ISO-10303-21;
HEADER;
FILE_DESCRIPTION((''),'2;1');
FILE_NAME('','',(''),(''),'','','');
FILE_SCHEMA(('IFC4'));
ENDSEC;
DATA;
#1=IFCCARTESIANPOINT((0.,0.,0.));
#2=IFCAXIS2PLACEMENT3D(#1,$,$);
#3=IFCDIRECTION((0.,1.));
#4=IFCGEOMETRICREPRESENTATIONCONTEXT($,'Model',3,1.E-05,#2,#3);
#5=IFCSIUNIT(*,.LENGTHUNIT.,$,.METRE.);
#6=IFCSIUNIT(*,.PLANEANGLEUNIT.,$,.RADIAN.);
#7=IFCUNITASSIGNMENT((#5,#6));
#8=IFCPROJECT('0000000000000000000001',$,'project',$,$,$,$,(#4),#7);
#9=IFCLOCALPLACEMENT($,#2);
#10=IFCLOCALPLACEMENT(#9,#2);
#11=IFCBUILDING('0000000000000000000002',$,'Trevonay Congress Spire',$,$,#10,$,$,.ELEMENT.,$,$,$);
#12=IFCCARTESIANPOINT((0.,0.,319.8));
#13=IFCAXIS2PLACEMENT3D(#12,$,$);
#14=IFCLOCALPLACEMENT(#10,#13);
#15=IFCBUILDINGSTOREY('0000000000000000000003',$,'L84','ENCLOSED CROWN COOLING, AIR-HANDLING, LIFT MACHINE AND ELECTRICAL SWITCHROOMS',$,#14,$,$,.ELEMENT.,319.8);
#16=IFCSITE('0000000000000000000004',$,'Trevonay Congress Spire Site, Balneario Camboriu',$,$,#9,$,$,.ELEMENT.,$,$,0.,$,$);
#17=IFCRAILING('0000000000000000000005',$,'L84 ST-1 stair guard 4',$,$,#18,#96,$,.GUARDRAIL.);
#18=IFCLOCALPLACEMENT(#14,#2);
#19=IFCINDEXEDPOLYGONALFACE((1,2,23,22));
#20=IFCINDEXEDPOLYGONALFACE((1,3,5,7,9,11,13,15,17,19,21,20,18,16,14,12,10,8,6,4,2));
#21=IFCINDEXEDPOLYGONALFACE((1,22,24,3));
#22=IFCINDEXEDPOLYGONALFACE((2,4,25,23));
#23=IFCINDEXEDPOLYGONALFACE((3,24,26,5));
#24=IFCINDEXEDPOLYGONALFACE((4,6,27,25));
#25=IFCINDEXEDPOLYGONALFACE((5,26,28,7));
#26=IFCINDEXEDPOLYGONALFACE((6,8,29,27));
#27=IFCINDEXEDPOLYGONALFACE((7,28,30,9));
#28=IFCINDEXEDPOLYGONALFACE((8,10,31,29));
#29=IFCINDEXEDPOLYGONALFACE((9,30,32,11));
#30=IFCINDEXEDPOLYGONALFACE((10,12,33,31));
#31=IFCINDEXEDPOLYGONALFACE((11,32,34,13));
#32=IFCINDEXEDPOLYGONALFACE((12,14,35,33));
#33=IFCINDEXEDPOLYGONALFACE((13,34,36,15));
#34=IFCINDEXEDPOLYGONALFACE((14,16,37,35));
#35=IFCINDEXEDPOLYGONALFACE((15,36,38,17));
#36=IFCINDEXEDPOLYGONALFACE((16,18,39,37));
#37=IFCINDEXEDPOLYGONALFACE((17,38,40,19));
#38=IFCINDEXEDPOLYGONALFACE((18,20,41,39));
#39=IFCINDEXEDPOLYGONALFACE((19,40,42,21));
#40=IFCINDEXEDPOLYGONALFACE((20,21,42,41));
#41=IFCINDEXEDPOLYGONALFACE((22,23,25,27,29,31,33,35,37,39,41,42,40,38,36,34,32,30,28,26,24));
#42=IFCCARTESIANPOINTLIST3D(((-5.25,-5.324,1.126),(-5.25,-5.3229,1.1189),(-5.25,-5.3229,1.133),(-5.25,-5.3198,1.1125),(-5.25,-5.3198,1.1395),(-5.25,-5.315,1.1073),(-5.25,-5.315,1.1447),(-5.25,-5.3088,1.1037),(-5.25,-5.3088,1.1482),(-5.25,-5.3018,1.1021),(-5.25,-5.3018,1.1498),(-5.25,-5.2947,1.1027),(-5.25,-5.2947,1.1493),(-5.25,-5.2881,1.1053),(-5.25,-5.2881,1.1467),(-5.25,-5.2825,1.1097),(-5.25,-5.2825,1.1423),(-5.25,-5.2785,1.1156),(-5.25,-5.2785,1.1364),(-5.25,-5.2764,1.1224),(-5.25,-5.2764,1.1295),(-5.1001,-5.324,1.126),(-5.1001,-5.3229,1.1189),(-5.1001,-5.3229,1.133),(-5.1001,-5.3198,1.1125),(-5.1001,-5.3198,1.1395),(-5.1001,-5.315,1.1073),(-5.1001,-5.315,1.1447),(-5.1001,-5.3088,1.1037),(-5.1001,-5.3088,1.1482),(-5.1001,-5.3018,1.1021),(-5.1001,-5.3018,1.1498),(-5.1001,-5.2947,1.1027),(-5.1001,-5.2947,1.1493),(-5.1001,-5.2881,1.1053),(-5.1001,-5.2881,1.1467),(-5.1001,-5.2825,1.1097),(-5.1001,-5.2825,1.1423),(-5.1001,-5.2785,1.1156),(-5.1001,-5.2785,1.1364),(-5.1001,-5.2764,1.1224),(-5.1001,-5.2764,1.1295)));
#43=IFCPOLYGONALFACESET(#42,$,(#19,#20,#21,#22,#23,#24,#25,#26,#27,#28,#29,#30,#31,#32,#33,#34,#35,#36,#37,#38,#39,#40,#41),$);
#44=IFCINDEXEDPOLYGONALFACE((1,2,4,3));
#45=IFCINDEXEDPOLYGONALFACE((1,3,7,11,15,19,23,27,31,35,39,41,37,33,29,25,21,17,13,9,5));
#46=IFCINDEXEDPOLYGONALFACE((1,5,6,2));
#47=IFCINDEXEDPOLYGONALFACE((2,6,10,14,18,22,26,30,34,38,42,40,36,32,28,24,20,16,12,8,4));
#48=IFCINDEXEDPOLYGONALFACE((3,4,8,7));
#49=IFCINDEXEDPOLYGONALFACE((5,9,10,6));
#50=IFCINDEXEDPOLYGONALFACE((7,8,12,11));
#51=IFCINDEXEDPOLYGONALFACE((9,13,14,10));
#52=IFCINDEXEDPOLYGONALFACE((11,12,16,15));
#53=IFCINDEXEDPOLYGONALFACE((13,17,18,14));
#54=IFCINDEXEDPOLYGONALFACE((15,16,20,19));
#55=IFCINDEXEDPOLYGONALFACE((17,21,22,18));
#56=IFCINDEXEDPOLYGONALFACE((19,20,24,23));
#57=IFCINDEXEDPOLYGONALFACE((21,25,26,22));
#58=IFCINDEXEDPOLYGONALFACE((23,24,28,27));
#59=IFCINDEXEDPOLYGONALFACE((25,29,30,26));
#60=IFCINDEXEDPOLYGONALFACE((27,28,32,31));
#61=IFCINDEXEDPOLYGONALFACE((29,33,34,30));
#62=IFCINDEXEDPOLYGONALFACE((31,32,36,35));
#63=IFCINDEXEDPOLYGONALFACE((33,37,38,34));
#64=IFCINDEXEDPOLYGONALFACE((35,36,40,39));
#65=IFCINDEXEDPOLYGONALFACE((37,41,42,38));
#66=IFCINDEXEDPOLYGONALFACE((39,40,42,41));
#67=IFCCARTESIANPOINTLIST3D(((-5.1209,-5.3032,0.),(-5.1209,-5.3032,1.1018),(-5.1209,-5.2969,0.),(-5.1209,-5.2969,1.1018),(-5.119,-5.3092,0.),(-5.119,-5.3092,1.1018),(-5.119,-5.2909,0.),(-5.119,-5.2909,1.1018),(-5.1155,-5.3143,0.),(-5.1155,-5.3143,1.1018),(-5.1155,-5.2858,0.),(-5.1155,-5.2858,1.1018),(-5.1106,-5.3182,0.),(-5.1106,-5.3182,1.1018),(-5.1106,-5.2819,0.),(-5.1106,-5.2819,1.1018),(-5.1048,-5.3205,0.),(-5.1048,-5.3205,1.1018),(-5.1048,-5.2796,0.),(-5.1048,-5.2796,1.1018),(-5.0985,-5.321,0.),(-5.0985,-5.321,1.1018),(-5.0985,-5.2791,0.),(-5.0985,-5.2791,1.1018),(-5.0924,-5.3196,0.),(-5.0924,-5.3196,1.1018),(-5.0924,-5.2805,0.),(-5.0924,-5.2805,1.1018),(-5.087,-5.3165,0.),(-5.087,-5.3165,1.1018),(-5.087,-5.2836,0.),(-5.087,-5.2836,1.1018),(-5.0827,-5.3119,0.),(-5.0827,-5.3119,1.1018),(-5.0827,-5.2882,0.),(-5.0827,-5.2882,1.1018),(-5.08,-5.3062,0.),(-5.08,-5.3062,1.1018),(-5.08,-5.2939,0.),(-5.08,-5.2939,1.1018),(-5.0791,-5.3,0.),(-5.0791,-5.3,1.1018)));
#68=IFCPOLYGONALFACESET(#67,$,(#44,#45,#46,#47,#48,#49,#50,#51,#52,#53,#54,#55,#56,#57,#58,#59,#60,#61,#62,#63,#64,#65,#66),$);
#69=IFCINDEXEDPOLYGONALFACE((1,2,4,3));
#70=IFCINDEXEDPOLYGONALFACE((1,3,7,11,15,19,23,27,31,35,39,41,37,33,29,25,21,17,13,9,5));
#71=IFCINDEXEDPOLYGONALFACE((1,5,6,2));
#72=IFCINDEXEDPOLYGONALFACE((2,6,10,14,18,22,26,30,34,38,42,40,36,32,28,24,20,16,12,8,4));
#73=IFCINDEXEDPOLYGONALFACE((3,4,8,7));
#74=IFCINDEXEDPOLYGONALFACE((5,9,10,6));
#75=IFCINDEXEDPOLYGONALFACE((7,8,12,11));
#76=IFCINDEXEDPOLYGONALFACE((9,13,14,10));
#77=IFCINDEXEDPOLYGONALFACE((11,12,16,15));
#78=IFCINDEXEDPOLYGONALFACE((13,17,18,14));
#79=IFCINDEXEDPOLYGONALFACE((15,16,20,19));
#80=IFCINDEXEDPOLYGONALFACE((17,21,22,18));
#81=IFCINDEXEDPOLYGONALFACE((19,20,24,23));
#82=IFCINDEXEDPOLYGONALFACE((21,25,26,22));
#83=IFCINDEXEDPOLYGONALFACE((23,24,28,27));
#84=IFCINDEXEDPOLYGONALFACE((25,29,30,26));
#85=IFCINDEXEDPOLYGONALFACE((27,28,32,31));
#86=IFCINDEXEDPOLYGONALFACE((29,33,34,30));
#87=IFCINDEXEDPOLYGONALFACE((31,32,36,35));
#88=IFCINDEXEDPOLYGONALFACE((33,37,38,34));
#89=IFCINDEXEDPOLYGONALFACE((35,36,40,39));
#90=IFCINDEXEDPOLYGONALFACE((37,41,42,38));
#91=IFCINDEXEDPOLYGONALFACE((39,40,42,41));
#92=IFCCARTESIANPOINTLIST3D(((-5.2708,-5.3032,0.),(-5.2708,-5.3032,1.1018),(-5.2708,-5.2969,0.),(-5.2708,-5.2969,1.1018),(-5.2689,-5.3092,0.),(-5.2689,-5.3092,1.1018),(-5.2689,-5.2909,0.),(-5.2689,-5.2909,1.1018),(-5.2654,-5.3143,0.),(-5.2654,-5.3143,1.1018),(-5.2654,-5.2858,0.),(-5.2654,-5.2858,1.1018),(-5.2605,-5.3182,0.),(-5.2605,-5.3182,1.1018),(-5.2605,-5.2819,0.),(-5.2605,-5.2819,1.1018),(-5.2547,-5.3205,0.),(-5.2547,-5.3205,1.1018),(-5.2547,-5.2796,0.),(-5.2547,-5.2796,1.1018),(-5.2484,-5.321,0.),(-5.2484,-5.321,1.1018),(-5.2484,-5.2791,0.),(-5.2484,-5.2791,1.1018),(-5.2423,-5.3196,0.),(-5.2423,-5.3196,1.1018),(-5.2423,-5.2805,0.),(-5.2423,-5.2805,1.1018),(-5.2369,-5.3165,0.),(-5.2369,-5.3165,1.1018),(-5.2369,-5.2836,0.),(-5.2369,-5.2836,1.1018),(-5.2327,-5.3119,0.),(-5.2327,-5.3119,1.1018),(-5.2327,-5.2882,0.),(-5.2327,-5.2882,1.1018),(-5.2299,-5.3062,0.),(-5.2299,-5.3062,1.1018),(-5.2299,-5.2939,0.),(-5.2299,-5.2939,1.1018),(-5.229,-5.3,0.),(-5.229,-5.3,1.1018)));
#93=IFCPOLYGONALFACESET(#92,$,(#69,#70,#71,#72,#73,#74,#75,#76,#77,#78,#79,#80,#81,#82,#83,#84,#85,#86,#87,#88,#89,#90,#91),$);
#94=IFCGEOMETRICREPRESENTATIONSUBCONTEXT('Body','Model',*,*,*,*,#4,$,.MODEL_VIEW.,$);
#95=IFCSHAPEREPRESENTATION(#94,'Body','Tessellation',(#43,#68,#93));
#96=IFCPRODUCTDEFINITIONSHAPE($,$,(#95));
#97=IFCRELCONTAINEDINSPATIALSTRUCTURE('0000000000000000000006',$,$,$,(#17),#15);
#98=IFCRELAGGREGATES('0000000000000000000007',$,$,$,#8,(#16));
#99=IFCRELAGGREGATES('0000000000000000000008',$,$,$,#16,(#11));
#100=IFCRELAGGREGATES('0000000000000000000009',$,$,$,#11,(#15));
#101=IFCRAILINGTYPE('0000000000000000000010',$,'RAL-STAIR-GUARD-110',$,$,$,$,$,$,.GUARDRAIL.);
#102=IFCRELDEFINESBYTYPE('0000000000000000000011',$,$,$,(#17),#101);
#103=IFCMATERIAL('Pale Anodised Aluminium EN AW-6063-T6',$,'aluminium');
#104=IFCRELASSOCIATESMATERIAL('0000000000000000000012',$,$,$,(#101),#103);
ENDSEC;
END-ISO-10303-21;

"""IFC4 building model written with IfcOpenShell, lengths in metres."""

from ifc_helpers import new_model, si_unit, direction, frame, origin, origin_2d, place, context, subcontext, project, spatial, circle, extrude, material, type_object, element, save


model = new_model("IFC4")

# Units and contexts
model_context = context("Model", 3, precision=1e-05, world=origin(), true_north=direction((0.0, 1.0)))
body_context = subcontext(model_context, "Body", "Model", "MODEL_VIEW")
ifc_project = project(units=[si_unit("LENGTHUNIT", "METRE"), si_unit("PLANEANGLEUNIT", "RADIAN")], contexts=[model_context])

# Site, building, storey
site_placement = place(None, origin())
site = spatial("IfcSite", under=ifc_project, at=site_placement, Name="Trevonay Congress Spire Site, Balneario Camboriu", CompositionType="ELEMENT", RefElevation=0.0)
building_placement = place(site_placement, origin())
building = spatial("IfcBuilding", under=site, at=building_placement, Name="Trevonay Congress Spire", CompositionType="ELEMENT")
storey_placement = place(building_placement, frame((0.0, 0.0, 319.8)))
storey = spatial("IfcBuildingStorey", under=building, at=storey_placement, Name="L84", Description="ENCLOSED CROWN COOLING, AIR-HANDLING, LIFT MACHINE AND ELECTRICAL SWITCHROOMS", CompositionType="ELEMENT", Elevation=319.8)

# Railing
ifc_material_1 = material(Name="Pale Anodised Aluminium EN AW-6063-T6", Category="aluminium")
railing_type_1 = type_object("IfcRailingType", Name="RAL-STAIR-GUARD-110", PredefinedType="GUARDRAIL", material=ifc_material_1)
railing_1_placement = place(storey_placement, frame((-5.1001, -5.3, 0.0)))
element("IfcRailing", 1, at=railing_1_placement, inside=storey, type_object=railing_type_1, Name="L84 ST-1 stair guard 4", PredefinedType="GUARDRAIL", context=body_context, shape_type="SweptSolid", body=[
    extrude(circle(Radius=0.0239, at=origin_2d()), frame((0.0, 0.0, 1.126), z_axis=(-1.0, 0.0, 0.0), x_axis=(0.0, -1.0, 0.0)), (0.0, 0.0, 1.0), 0.1499),
    extrude(circle(Radius=0.021, at=origin_2d()), origin(), (0.0, 0.0, 1.0), 1.1018),
    extrude(circle(Radius=0.021, at=origin_2d()), frame((-0.1499, 0.0, 0.0)), (0.0, 0.0, 1.0), 1.1018),
])

save(model, "model.ifc")
